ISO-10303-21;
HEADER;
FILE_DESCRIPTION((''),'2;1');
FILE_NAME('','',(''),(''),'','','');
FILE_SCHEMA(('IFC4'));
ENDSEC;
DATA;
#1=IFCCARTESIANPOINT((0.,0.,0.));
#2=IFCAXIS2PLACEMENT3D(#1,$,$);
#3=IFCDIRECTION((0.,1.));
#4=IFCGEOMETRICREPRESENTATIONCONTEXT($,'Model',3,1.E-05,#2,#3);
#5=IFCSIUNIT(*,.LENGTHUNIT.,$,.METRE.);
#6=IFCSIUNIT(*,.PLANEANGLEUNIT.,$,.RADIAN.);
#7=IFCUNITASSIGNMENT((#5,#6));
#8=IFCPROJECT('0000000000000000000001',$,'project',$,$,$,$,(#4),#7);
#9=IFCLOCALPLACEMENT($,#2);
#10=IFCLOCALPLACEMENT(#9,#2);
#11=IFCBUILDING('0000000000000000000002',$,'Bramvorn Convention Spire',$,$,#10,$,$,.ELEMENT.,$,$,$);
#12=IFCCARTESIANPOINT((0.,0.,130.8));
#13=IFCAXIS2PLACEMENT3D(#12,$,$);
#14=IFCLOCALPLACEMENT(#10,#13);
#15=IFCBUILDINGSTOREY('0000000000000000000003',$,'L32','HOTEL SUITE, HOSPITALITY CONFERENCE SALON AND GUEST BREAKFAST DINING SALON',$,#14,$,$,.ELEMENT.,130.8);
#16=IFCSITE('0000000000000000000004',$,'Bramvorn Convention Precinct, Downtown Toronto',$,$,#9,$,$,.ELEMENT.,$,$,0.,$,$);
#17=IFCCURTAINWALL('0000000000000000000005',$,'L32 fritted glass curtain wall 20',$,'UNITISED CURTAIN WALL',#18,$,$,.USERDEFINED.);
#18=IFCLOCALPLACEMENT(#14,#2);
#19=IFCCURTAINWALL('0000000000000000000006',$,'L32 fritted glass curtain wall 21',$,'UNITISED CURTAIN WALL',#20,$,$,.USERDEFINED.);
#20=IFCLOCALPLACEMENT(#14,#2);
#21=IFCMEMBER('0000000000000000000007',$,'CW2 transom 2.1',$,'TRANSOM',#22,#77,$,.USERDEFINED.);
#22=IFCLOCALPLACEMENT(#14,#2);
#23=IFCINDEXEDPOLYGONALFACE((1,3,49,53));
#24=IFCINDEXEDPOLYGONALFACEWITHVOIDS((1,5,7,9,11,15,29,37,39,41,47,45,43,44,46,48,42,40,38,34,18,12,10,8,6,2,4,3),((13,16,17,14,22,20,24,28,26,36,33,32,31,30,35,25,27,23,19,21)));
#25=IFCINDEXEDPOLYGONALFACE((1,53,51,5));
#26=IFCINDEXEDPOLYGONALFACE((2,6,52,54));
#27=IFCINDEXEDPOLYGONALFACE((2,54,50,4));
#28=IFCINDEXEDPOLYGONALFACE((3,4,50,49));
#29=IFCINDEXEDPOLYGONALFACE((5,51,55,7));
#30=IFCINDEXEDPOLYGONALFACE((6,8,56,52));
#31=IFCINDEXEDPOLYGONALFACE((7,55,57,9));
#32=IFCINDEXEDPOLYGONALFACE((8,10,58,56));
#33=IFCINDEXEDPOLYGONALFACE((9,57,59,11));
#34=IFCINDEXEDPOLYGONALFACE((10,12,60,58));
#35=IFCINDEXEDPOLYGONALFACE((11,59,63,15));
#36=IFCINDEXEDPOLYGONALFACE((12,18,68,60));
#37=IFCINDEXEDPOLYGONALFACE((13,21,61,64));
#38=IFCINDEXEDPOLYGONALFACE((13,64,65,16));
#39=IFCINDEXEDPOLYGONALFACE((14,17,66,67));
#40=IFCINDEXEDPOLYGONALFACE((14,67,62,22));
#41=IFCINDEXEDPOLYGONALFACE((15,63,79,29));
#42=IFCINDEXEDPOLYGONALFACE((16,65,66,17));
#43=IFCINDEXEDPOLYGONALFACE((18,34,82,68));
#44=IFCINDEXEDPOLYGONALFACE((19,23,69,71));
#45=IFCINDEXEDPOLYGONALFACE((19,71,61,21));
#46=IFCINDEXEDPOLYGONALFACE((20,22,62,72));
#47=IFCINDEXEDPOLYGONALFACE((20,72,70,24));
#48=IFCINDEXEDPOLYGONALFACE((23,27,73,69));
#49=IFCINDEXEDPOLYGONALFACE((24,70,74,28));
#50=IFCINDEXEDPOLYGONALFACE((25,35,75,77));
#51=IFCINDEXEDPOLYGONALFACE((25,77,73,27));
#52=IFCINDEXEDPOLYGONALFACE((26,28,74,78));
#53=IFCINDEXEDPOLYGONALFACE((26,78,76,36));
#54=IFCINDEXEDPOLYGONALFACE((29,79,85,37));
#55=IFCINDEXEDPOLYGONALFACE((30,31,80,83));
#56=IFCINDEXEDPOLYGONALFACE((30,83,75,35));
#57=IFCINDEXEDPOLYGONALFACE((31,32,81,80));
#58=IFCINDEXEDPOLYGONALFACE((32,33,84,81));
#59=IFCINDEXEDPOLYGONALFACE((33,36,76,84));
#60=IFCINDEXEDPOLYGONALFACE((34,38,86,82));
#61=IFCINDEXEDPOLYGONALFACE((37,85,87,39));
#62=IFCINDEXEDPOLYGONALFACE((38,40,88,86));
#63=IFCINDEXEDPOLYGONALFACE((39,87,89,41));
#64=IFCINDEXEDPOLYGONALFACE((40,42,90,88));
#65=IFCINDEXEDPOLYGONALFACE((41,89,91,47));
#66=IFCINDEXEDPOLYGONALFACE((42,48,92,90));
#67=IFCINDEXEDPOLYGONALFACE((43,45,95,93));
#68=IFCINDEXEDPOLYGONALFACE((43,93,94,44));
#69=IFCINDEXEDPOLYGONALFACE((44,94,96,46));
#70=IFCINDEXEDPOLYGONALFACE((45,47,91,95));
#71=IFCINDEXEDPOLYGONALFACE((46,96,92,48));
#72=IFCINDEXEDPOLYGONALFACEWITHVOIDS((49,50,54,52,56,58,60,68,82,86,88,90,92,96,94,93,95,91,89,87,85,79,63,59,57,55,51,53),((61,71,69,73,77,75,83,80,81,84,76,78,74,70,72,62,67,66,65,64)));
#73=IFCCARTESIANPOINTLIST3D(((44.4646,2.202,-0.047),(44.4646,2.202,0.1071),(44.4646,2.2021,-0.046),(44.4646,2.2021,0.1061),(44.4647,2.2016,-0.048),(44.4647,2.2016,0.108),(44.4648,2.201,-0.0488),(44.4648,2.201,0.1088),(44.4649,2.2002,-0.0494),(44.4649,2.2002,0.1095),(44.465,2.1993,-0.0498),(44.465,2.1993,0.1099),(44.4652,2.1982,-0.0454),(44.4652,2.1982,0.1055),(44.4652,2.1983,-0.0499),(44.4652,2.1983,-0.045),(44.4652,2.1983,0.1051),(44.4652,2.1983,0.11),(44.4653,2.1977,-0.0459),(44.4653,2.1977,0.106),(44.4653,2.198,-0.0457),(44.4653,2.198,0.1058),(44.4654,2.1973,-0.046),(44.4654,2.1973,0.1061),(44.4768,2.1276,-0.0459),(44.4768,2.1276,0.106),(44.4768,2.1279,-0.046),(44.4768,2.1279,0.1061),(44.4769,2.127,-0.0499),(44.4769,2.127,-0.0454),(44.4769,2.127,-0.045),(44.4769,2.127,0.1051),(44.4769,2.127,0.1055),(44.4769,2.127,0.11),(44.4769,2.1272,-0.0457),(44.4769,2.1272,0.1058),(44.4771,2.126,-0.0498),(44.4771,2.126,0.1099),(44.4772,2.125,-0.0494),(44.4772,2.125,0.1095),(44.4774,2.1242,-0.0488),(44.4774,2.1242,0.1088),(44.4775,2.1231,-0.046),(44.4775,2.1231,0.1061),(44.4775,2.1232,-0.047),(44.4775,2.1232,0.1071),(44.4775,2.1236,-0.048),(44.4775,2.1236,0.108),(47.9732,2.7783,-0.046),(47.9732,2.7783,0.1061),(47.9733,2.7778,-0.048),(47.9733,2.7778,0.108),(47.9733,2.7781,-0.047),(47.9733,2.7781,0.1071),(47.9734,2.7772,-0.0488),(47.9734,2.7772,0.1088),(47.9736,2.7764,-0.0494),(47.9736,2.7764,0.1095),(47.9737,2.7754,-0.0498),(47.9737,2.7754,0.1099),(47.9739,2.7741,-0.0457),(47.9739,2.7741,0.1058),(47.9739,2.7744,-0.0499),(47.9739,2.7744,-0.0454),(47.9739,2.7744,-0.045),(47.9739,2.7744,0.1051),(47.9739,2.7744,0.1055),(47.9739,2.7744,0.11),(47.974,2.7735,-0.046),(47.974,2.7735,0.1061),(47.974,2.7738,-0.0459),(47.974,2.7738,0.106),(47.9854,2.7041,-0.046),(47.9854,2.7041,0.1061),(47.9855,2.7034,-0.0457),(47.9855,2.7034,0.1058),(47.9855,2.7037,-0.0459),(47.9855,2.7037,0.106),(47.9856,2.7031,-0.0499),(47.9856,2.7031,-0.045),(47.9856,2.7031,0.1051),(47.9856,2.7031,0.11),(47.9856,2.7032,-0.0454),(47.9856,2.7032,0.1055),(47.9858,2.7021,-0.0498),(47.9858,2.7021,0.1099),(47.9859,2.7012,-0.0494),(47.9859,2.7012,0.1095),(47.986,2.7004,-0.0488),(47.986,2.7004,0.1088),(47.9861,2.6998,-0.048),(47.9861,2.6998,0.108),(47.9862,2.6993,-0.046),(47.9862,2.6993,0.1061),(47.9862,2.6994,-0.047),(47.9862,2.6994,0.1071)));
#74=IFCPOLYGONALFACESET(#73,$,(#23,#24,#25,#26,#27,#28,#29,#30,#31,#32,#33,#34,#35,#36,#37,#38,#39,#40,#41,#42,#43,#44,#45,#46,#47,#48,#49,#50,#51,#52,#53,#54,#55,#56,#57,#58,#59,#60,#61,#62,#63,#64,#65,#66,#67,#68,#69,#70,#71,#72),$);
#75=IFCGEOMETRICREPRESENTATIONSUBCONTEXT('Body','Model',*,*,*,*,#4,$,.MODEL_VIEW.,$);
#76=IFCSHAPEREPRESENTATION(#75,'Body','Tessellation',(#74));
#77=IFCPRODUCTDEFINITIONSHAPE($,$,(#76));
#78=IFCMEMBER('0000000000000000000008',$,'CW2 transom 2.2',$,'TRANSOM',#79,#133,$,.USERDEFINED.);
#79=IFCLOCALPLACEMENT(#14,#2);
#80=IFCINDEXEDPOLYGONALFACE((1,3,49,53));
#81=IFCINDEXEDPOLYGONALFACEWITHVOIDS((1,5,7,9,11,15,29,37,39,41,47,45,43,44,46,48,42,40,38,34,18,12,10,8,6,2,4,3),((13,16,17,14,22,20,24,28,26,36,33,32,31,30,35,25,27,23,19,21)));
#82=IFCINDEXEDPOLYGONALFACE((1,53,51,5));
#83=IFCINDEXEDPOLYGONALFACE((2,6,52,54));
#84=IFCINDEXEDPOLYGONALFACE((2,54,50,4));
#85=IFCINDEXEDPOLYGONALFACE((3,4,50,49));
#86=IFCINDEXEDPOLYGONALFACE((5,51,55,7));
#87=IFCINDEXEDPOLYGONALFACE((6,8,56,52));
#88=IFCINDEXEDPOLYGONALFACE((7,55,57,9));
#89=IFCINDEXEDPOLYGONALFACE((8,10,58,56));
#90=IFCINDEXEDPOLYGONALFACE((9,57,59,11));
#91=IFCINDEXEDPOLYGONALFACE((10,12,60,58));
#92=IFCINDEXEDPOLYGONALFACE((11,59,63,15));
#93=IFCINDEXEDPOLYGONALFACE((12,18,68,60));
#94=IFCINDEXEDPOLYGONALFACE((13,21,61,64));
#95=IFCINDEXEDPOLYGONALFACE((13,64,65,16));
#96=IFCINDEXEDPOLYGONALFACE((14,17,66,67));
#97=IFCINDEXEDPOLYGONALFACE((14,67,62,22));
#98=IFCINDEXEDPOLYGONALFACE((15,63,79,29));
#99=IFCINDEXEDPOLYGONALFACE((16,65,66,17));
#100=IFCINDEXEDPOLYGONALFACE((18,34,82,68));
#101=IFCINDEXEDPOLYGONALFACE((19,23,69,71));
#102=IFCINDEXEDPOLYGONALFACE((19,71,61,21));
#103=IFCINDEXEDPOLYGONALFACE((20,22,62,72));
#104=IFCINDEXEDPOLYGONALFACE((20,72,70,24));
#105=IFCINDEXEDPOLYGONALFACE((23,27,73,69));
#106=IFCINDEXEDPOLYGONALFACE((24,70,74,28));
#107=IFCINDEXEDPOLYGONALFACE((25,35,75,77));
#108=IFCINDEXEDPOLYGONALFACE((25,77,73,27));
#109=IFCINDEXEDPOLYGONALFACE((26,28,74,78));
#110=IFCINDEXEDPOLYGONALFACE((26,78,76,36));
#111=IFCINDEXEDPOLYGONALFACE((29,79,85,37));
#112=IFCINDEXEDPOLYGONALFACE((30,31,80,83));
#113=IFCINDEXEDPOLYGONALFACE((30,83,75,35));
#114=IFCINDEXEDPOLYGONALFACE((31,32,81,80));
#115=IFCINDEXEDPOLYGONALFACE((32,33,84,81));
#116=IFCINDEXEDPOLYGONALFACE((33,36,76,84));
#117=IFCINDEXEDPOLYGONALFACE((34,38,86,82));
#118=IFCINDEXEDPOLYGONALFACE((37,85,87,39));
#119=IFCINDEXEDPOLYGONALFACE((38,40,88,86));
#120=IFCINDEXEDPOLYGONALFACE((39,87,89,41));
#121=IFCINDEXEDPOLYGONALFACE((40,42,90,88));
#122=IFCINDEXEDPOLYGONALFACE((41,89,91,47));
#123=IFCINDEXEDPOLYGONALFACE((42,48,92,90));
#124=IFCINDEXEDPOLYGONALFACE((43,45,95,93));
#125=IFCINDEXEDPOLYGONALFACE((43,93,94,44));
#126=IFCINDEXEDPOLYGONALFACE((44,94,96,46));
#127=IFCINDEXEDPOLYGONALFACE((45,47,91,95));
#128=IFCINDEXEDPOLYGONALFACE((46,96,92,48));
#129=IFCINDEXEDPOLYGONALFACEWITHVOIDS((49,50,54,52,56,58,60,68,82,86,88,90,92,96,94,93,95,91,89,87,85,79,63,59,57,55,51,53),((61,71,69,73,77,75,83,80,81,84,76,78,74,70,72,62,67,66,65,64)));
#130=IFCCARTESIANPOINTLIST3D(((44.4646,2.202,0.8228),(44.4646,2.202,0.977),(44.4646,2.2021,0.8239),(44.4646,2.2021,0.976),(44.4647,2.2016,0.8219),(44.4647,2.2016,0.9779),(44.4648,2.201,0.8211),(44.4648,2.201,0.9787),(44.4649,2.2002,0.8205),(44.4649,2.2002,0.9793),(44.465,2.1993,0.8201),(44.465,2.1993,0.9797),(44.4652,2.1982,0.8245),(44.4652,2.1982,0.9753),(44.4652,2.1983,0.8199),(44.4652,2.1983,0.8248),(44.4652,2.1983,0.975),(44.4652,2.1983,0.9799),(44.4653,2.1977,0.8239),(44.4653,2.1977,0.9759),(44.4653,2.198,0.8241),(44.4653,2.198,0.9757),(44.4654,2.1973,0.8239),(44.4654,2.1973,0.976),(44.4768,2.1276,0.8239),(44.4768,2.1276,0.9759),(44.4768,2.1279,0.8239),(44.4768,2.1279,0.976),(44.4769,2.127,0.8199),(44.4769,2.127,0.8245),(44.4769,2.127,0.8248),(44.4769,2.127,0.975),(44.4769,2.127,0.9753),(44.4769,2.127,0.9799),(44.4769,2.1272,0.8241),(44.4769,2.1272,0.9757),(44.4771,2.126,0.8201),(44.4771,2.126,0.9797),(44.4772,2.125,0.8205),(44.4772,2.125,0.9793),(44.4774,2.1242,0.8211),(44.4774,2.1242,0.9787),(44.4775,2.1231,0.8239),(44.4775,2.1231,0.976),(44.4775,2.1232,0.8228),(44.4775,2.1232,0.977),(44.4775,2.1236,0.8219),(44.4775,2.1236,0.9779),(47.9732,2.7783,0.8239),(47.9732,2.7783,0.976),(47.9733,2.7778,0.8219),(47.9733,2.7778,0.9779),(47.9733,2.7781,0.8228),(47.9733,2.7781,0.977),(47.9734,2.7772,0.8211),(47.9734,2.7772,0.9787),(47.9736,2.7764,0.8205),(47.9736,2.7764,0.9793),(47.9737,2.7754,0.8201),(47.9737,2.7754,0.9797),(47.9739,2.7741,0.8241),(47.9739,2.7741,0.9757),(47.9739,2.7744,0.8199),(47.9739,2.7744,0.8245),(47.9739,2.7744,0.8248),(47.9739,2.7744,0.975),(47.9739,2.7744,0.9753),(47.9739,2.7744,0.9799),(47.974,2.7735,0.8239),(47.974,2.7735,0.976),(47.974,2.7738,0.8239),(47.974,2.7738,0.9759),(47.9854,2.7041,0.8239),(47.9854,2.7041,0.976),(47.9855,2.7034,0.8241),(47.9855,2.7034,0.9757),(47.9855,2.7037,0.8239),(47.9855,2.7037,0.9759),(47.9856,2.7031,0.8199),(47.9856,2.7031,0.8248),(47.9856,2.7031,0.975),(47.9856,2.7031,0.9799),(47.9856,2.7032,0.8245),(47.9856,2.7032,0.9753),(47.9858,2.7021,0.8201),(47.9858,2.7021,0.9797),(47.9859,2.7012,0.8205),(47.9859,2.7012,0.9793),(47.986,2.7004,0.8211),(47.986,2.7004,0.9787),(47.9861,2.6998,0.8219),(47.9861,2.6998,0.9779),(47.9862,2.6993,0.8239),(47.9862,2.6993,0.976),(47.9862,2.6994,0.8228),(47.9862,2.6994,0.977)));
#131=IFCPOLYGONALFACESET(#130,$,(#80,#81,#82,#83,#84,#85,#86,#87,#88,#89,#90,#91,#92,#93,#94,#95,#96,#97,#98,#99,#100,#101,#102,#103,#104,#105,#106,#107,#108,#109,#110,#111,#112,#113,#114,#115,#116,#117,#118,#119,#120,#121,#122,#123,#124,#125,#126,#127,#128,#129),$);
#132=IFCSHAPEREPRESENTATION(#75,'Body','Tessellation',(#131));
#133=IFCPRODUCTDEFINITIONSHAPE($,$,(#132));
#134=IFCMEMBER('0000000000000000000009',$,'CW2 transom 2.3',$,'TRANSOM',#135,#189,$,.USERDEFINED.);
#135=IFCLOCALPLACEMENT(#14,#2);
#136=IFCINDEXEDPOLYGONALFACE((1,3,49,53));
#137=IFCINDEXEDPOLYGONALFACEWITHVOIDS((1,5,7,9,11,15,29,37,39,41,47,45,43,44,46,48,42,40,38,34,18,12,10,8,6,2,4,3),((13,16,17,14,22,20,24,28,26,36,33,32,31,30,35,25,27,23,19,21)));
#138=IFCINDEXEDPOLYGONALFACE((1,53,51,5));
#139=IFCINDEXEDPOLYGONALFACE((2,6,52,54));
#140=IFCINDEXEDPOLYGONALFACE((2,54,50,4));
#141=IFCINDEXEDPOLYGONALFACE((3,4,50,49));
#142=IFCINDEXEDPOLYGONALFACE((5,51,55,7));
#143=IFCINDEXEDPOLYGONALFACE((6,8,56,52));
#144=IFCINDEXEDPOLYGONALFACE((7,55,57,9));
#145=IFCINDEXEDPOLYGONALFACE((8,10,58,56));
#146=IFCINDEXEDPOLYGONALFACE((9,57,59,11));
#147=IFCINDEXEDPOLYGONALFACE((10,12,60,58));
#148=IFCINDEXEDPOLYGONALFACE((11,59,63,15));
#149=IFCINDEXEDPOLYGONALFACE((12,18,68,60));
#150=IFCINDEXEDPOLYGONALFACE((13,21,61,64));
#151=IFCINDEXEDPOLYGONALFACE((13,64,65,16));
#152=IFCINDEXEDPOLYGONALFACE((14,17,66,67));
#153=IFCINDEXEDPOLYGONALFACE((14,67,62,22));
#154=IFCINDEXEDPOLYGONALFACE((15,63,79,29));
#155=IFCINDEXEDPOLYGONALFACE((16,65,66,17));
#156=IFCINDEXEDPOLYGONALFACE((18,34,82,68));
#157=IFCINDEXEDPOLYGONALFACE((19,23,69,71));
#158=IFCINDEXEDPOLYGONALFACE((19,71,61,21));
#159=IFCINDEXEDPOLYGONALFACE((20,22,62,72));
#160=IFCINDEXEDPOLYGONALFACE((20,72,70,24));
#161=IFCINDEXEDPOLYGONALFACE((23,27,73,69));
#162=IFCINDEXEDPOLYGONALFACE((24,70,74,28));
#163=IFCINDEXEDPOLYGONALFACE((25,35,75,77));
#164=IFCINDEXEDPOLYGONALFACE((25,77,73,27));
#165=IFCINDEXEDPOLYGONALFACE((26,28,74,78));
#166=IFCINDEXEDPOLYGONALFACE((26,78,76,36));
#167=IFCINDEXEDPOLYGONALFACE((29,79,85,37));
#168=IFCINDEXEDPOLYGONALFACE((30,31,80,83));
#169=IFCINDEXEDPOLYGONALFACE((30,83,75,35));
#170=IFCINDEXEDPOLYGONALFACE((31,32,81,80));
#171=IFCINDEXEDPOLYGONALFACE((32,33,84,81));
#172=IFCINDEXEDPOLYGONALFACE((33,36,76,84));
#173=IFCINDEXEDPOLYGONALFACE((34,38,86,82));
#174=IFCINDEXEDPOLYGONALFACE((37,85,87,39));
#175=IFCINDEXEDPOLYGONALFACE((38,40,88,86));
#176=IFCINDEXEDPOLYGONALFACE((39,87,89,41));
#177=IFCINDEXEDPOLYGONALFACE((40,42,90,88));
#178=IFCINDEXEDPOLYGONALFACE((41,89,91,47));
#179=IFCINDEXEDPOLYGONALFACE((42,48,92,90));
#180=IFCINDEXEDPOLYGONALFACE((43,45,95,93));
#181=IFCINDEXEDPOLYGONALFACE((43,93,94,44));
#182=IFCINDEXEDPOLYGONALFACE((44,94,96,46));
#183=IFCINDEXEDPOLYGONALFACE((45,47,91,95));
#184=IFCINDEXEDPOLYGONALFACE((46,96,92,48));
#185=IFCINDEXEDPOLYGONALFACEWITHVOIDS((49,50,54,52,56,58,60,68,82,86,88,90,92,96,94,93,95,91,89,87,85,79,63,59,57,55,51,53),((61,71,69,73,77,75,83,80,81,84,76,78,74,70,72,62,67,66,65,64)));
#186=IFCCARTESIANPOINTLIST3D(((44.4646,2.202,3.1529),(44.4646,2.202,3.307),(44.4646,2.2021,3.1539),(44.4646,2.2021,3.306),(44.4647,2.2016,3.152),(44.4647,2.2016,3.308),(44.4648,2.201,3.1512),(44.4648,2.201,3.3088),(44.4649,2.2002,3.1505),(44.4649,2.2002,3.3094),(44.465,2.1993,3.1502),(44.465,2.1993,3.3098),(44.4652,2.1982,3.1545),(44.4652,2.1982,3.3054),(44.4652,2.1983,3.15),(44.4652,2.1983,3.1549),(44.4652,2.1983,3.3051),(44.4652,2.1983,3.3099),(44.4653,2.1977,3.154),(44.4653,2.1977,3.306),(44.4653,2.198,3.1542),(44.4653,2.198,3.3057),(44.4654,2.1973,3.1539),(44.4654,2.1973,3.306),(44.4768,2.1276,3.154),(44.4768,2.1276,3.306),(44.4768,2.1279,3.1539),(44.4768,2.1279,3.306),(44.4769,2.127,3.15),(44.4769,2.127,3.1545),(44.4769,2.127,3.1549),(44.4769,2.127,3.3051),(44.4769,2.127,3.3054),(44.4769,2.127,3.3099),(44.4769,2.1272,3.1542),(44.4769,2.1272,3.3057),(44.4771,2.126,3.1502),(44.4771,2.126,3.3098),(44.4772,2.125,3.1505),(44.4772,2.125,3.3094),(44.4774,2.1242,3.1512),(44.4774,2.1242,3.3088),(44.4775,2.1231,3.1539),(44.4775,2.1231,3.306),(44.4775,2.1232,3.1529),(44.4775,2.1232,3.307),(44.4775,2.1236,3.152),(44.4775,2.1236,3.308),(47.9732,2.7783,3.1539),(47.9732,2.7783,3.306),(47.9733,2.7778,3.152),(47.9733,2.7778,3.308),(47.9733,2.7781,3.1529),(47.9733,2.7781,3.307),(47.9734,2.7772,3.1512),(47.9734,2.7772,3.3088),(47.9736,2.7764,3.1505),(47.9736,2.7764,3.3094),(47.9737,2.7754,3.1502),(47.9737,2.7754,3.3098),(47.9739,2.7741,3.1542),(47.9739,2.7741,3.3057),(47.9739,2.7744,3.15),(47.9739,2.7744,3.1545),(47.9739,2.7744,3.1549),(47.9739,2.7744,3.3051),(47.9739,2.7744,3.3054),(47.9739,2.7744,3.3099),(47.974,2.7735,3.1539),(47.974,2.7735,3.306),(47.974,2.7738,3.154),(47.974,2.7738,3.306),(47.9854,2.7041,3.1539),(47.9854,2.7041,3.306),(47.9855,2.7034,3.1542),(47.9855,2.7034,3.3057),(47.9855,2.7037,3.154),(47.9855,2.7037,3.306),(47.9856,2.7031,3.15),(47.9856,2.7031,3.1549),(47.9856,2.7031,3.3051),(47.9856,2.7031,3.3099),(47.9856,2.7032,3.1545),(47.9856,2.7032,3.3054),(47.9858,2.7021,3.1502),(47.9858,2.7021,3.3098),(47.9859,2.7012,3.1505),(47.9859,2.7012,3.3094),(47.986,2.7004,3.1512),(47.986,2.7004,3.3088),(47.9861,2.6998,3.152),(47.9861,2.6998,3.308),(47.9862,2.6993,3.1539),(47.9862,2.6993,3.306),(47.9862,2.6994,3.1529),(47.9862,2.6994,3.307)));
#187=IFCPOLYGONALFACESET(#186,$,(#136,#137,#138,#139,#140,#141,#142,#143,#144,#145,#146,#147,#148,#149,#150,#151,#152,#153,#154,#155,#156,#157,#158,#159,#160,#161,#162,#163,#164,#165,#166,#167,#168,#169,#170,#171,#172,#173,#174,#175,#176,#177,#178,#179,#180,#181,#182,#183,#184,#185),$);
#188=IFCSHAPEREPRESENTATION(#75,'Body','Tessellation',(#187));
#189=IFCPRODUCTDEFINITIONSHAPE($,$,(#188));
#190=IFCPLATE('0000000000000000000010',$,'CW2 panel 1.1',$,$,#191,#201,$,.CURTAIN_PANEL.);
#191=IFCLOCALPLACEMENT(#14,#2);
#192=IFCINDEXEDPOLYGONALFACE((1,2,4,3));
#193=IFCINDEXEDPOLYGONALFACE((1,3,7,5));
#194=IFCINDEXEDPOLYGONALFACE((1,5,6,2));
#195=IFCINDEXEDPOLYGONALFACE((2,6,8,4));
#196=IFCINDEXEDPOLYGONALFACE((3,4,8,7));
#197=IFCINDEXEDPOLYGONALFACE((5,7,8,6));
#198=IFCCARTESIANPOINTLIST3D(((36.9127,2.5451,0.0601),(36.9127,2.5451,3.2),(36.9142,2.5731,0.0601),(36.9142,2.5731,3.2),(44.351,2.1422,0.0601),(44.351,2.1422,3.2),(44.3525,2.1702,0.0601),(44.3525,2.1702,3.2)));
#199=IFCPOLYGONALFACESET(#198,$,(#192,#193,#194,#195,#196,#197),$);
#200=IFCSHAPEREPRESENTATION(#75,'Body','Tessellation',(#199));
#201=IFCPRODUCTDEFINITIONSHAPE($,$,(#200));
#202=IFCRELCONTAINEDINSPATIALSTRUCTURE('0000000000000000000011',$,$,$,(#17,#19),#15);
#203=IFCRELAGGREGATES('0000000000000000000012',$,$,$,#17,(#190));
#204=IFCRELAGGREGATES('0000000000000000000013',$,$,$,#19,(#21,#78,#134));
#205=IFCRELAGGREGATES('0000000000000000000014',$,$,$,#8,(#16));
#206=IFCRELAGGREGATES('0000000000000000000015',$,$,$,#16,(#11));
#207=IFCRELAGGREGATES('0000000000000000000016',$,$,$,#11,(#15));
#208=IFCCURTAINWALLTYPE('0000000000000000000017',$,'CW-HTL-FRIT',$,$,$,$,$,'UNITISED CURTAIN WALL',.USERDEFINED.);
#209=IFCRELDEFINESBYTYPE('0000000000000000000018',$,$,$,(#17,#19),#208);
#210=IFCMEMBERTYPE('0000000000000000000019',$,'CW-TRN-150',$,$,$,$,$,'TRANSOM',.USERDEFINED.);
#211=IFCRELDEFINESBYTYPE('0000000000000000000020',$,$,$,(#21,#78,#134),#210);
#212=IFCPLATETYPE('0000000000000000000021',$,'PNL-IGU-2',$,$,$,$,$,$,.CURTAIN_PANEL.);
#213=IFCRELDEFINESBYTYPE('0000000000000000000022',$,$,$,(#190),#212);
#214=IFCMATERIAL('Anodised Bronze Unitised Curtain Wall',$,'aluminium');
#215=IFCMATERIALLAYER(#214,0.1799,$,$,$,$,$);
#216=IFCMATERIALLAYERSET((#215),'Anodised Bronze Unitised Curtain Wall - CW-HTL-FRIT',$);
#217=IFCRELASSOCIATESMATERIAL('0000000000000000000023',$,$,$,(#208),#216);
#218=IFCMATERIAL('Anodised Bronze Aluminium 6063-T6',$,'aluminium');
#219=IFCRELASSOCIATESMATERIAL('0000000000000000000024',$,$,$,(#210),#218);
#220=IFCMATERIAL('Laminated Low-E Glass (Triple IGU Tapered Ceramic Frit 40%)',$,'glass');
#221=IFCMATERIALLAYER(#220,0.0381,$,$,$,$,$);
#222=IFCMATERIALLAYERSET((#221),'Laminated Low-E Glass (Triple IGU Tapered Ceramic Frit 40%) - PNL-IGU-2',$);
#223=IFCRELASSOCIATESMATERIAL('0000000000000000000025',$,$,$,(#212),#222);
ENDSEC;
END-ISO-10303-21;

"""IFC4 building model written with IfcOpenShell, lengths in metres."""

from ifc_helpers import new_model, si_unit, direction, frame, origin, origin_2d, place, context, subcontext, project, spatial, rectangle, hollow_rectangle, extrude, material, layer, layer_set, material_profile, profile_set, type_object, element, aggregate, save


model = new_model("IFC4")

# Units and contexts
model_context = context("Model", 3, precision=1e-05, world=origin(), true_north=direction((0.0, 1.0)))
body_context = subcontext(model_context, "Body", "Model", "MODEL_VIEW")
ifc_project = project(units=[si_unit("LENGTHUNIT", "METRE"), si_unit("PLANEANGLEUNIT", "RADIAN")], contexts=[model_context])

# Site, building, storey
site_placement = place(None, origin())
site = spatial("IfcSite", under=ifc_project, at=site_placement, Name="Bramvorn Convention Precinct, Downtown Toronto", CompositionType="ELEMENT", RefElevation=0.0)
building_placement = place(site_placement, origin())
building = spatial("IfcBuilding", under=site, at=building_placement, Name="Bramvorn Convention Spire", CompositionType="ELEMENT")
storey_placement = place(building_placement, frame((0.0, 0.0, 130.8)))
storey = spatial("IfcBuildingStorey", under=building, at=storey_placement, Name="L32", Description="HOTEL SUITE, HOSPITALITY CONFERENCE SALON AND GUEST BREAKFAST DINING SALON", CompositionType="ELEMENT", Elevation=130.8)

# Curtain walls
ifc_material_1 = material(Name="Anodised Bronze Unitised Curtain Wall", Category="aluminium")
ifc_layer_1 = layer(ifc_material_1, 0.1799)
ifc_layer_set_1 = layer_set([ifc_layer_1], Name="Anodised Bronze Unitised Curtain Wall - CW-HTL-FRIT")
curtain_wall_type = type_object("IfcCurtainWallType", Name="CW-HTL-FRIT", ElementType="UNITISED CURTAIN WALL", PredefinedType="USERDEFINED", material=ifc_layer_set_1)
curtain_wall_1_placement = place(storey_placement, origin())
curtain_wall_1 = element("IfcCurtainWall", 1, at=curtain_wall_1_placement, inside=storey, type_object=curtain_wall_type, Name="L32 fritted glass curtain wall 20", ObjectType="UNITISED CURTAIN WALL", PredefinedType="USERDEFINED")
ifc_material_2 = material(Name="Anodised Bronze Aluminium 6063-T6", Category="aluminium")
curtain_wall_2_placement = place(storey_placement, origin())
curtain_wall_2 = element("IfcCurtainWall", 2, at=curtain_wall_2_placement, inside=storey, type_object=curtain_wall_type, Name="L32 fritted glass curtain wall 21", ObjectType="UNITISED CURTAIN WALL", PredefinedType="USERDEFINED")

# Members
ifc_material_profile_1 = material_profile(ifc_material_2, hollow_rectangle(XDim=0.0801, YDim=0.1599, WallThickness=0.0039, InnerFilletRadius=0.001, OuterFilletRadius=0.0039, at=origin_2d()))
ifc_profile_set_1 = profile_set([ifc_material_profile_1], Name="Anodised Bronze Aluminium 6063-T6 - CWT80X160")
member_type_1 = type_object("IfcMemberType", Name="CW-TRN-150", ElementType="TRANSOM", PredefinedType="USERDEFINED", material=ifc_profile_set_1)
member_1_placement = place(storey_placement, frame((47.9797, 2.7388, 0.03), z_axis=(-0.986785, -0.162038, 0.0), x_axis=(0.162038, -0.986785, 0.0)))
member_1 = element("IfcMember", 3, at=member_1_placement, type_object=member_type_1, Name="CW2 transom 2.1", ObjectType="TRANSOM", PredefinedType="USERDEFINED", context=body_context, shape_type="SweptSolid", body=[
    extrude(hollow_rectangle(XDim=0.0801, YDim=0.1599, WallThickness=0.0039, InnerFilletRadius=0.001, OuterFilletRadius=0.0039, at=origin_2d()), origin(), (0.0, 0.0, 1.0), 3.5557),
])
member_2_placement = place(storey_placement, frame((47.9797, 2.7388, 0.8999), z_axis=(-0.986785, -0.162038, 0.0), x_axis=(0.162038, -0.986785, 0.0)))
member_2 = element("IfcMember", 4, at=member_2_placement, type_object=member_type_1, Name="CW2 transom 2.2", ObjectType="TRANSOM", PredefinedType="USERDEFINED", context=body_context, shape_type="SweptSolid", body=[
    extrude(hollow_rectangle(XDim=0.0801, YDim=0.1599, WallThickness=0.0039, InnerFilletRadius=0.001, OuterFilletRadius=0.0039, at=origin_2d()), origin(), (0.0, 0.0, 1.0), 3.5557),
])
member_3_placement = place(storey_placement, frame((47.9797, 2.7388, 3.23), z_axis=(-0.986785, -0.162038, 0.0), x_axis=(0.162038, -0.986785, 0.0)))
member_3 = element("IfcMember", 5, at=member_3_placement, type_object=member_type_1, Name="CW2 transom 2.3", ObjectType="TRANSOM", PredefinedType="USERDEFINED", context=body_context, shape_type="SweptSolid", body=[
    extrude(hollow_rectangle(XDim=0.0801, YDim=0.1599, WallThickness=0.0039, InnerFilletRadius=0.001, OuterFilletRadius=0.0039, at=origin_2d()), origin(), (0.0, 0.0, 1.0), 3.5557),
])

# Plate
ifc_material_3 = material(Name="Laminated Low-E Glass (Triple IGU Tapered Ceramic Frit 40%)", Category="glass")
ifc_layer_2 = layer(ifc_material_3, 0.0381)
ifc_layer_set_2 = layer_set([ifc_layer_2], Name="Laminated Low-E Glass (Triple IGU Tapered Ceramic Frit 40%) - PNL-IGU-2")
plate_type = type_object("IfcPlateType", Name="PNL-IGU-2", PredefinedType="CURTAIN_PANEL", material=ifc_layer_set_2)
plate_1_placement = place(storey_placement, frame((40.6326, 2.3577, 0.0601), z_axis=(0.0, 0.0, 1.0), x_axis=(-0.998536, 0.054088, 0.0)))
plate_1 = element("IfcPlate", 6, at=plate_1_placement, type_object=plate_type, Name="CW2 panel 1.1", PredefinedType="CURTAIN_PANEL", context=body_context, shape_type="SweptSolid", body=[
    extrude(rectangle(XDim=7.4492, YDim=0.0281, at=origin_2d()), origin(), (0.0, 0.0, 1.0), 3.1399),
])
aggregate(curtain_wall_1, [plate_1])
aggregate(curtain_wall_2, [member_1, member_2, member_3])

save(model, "model.ifc")
